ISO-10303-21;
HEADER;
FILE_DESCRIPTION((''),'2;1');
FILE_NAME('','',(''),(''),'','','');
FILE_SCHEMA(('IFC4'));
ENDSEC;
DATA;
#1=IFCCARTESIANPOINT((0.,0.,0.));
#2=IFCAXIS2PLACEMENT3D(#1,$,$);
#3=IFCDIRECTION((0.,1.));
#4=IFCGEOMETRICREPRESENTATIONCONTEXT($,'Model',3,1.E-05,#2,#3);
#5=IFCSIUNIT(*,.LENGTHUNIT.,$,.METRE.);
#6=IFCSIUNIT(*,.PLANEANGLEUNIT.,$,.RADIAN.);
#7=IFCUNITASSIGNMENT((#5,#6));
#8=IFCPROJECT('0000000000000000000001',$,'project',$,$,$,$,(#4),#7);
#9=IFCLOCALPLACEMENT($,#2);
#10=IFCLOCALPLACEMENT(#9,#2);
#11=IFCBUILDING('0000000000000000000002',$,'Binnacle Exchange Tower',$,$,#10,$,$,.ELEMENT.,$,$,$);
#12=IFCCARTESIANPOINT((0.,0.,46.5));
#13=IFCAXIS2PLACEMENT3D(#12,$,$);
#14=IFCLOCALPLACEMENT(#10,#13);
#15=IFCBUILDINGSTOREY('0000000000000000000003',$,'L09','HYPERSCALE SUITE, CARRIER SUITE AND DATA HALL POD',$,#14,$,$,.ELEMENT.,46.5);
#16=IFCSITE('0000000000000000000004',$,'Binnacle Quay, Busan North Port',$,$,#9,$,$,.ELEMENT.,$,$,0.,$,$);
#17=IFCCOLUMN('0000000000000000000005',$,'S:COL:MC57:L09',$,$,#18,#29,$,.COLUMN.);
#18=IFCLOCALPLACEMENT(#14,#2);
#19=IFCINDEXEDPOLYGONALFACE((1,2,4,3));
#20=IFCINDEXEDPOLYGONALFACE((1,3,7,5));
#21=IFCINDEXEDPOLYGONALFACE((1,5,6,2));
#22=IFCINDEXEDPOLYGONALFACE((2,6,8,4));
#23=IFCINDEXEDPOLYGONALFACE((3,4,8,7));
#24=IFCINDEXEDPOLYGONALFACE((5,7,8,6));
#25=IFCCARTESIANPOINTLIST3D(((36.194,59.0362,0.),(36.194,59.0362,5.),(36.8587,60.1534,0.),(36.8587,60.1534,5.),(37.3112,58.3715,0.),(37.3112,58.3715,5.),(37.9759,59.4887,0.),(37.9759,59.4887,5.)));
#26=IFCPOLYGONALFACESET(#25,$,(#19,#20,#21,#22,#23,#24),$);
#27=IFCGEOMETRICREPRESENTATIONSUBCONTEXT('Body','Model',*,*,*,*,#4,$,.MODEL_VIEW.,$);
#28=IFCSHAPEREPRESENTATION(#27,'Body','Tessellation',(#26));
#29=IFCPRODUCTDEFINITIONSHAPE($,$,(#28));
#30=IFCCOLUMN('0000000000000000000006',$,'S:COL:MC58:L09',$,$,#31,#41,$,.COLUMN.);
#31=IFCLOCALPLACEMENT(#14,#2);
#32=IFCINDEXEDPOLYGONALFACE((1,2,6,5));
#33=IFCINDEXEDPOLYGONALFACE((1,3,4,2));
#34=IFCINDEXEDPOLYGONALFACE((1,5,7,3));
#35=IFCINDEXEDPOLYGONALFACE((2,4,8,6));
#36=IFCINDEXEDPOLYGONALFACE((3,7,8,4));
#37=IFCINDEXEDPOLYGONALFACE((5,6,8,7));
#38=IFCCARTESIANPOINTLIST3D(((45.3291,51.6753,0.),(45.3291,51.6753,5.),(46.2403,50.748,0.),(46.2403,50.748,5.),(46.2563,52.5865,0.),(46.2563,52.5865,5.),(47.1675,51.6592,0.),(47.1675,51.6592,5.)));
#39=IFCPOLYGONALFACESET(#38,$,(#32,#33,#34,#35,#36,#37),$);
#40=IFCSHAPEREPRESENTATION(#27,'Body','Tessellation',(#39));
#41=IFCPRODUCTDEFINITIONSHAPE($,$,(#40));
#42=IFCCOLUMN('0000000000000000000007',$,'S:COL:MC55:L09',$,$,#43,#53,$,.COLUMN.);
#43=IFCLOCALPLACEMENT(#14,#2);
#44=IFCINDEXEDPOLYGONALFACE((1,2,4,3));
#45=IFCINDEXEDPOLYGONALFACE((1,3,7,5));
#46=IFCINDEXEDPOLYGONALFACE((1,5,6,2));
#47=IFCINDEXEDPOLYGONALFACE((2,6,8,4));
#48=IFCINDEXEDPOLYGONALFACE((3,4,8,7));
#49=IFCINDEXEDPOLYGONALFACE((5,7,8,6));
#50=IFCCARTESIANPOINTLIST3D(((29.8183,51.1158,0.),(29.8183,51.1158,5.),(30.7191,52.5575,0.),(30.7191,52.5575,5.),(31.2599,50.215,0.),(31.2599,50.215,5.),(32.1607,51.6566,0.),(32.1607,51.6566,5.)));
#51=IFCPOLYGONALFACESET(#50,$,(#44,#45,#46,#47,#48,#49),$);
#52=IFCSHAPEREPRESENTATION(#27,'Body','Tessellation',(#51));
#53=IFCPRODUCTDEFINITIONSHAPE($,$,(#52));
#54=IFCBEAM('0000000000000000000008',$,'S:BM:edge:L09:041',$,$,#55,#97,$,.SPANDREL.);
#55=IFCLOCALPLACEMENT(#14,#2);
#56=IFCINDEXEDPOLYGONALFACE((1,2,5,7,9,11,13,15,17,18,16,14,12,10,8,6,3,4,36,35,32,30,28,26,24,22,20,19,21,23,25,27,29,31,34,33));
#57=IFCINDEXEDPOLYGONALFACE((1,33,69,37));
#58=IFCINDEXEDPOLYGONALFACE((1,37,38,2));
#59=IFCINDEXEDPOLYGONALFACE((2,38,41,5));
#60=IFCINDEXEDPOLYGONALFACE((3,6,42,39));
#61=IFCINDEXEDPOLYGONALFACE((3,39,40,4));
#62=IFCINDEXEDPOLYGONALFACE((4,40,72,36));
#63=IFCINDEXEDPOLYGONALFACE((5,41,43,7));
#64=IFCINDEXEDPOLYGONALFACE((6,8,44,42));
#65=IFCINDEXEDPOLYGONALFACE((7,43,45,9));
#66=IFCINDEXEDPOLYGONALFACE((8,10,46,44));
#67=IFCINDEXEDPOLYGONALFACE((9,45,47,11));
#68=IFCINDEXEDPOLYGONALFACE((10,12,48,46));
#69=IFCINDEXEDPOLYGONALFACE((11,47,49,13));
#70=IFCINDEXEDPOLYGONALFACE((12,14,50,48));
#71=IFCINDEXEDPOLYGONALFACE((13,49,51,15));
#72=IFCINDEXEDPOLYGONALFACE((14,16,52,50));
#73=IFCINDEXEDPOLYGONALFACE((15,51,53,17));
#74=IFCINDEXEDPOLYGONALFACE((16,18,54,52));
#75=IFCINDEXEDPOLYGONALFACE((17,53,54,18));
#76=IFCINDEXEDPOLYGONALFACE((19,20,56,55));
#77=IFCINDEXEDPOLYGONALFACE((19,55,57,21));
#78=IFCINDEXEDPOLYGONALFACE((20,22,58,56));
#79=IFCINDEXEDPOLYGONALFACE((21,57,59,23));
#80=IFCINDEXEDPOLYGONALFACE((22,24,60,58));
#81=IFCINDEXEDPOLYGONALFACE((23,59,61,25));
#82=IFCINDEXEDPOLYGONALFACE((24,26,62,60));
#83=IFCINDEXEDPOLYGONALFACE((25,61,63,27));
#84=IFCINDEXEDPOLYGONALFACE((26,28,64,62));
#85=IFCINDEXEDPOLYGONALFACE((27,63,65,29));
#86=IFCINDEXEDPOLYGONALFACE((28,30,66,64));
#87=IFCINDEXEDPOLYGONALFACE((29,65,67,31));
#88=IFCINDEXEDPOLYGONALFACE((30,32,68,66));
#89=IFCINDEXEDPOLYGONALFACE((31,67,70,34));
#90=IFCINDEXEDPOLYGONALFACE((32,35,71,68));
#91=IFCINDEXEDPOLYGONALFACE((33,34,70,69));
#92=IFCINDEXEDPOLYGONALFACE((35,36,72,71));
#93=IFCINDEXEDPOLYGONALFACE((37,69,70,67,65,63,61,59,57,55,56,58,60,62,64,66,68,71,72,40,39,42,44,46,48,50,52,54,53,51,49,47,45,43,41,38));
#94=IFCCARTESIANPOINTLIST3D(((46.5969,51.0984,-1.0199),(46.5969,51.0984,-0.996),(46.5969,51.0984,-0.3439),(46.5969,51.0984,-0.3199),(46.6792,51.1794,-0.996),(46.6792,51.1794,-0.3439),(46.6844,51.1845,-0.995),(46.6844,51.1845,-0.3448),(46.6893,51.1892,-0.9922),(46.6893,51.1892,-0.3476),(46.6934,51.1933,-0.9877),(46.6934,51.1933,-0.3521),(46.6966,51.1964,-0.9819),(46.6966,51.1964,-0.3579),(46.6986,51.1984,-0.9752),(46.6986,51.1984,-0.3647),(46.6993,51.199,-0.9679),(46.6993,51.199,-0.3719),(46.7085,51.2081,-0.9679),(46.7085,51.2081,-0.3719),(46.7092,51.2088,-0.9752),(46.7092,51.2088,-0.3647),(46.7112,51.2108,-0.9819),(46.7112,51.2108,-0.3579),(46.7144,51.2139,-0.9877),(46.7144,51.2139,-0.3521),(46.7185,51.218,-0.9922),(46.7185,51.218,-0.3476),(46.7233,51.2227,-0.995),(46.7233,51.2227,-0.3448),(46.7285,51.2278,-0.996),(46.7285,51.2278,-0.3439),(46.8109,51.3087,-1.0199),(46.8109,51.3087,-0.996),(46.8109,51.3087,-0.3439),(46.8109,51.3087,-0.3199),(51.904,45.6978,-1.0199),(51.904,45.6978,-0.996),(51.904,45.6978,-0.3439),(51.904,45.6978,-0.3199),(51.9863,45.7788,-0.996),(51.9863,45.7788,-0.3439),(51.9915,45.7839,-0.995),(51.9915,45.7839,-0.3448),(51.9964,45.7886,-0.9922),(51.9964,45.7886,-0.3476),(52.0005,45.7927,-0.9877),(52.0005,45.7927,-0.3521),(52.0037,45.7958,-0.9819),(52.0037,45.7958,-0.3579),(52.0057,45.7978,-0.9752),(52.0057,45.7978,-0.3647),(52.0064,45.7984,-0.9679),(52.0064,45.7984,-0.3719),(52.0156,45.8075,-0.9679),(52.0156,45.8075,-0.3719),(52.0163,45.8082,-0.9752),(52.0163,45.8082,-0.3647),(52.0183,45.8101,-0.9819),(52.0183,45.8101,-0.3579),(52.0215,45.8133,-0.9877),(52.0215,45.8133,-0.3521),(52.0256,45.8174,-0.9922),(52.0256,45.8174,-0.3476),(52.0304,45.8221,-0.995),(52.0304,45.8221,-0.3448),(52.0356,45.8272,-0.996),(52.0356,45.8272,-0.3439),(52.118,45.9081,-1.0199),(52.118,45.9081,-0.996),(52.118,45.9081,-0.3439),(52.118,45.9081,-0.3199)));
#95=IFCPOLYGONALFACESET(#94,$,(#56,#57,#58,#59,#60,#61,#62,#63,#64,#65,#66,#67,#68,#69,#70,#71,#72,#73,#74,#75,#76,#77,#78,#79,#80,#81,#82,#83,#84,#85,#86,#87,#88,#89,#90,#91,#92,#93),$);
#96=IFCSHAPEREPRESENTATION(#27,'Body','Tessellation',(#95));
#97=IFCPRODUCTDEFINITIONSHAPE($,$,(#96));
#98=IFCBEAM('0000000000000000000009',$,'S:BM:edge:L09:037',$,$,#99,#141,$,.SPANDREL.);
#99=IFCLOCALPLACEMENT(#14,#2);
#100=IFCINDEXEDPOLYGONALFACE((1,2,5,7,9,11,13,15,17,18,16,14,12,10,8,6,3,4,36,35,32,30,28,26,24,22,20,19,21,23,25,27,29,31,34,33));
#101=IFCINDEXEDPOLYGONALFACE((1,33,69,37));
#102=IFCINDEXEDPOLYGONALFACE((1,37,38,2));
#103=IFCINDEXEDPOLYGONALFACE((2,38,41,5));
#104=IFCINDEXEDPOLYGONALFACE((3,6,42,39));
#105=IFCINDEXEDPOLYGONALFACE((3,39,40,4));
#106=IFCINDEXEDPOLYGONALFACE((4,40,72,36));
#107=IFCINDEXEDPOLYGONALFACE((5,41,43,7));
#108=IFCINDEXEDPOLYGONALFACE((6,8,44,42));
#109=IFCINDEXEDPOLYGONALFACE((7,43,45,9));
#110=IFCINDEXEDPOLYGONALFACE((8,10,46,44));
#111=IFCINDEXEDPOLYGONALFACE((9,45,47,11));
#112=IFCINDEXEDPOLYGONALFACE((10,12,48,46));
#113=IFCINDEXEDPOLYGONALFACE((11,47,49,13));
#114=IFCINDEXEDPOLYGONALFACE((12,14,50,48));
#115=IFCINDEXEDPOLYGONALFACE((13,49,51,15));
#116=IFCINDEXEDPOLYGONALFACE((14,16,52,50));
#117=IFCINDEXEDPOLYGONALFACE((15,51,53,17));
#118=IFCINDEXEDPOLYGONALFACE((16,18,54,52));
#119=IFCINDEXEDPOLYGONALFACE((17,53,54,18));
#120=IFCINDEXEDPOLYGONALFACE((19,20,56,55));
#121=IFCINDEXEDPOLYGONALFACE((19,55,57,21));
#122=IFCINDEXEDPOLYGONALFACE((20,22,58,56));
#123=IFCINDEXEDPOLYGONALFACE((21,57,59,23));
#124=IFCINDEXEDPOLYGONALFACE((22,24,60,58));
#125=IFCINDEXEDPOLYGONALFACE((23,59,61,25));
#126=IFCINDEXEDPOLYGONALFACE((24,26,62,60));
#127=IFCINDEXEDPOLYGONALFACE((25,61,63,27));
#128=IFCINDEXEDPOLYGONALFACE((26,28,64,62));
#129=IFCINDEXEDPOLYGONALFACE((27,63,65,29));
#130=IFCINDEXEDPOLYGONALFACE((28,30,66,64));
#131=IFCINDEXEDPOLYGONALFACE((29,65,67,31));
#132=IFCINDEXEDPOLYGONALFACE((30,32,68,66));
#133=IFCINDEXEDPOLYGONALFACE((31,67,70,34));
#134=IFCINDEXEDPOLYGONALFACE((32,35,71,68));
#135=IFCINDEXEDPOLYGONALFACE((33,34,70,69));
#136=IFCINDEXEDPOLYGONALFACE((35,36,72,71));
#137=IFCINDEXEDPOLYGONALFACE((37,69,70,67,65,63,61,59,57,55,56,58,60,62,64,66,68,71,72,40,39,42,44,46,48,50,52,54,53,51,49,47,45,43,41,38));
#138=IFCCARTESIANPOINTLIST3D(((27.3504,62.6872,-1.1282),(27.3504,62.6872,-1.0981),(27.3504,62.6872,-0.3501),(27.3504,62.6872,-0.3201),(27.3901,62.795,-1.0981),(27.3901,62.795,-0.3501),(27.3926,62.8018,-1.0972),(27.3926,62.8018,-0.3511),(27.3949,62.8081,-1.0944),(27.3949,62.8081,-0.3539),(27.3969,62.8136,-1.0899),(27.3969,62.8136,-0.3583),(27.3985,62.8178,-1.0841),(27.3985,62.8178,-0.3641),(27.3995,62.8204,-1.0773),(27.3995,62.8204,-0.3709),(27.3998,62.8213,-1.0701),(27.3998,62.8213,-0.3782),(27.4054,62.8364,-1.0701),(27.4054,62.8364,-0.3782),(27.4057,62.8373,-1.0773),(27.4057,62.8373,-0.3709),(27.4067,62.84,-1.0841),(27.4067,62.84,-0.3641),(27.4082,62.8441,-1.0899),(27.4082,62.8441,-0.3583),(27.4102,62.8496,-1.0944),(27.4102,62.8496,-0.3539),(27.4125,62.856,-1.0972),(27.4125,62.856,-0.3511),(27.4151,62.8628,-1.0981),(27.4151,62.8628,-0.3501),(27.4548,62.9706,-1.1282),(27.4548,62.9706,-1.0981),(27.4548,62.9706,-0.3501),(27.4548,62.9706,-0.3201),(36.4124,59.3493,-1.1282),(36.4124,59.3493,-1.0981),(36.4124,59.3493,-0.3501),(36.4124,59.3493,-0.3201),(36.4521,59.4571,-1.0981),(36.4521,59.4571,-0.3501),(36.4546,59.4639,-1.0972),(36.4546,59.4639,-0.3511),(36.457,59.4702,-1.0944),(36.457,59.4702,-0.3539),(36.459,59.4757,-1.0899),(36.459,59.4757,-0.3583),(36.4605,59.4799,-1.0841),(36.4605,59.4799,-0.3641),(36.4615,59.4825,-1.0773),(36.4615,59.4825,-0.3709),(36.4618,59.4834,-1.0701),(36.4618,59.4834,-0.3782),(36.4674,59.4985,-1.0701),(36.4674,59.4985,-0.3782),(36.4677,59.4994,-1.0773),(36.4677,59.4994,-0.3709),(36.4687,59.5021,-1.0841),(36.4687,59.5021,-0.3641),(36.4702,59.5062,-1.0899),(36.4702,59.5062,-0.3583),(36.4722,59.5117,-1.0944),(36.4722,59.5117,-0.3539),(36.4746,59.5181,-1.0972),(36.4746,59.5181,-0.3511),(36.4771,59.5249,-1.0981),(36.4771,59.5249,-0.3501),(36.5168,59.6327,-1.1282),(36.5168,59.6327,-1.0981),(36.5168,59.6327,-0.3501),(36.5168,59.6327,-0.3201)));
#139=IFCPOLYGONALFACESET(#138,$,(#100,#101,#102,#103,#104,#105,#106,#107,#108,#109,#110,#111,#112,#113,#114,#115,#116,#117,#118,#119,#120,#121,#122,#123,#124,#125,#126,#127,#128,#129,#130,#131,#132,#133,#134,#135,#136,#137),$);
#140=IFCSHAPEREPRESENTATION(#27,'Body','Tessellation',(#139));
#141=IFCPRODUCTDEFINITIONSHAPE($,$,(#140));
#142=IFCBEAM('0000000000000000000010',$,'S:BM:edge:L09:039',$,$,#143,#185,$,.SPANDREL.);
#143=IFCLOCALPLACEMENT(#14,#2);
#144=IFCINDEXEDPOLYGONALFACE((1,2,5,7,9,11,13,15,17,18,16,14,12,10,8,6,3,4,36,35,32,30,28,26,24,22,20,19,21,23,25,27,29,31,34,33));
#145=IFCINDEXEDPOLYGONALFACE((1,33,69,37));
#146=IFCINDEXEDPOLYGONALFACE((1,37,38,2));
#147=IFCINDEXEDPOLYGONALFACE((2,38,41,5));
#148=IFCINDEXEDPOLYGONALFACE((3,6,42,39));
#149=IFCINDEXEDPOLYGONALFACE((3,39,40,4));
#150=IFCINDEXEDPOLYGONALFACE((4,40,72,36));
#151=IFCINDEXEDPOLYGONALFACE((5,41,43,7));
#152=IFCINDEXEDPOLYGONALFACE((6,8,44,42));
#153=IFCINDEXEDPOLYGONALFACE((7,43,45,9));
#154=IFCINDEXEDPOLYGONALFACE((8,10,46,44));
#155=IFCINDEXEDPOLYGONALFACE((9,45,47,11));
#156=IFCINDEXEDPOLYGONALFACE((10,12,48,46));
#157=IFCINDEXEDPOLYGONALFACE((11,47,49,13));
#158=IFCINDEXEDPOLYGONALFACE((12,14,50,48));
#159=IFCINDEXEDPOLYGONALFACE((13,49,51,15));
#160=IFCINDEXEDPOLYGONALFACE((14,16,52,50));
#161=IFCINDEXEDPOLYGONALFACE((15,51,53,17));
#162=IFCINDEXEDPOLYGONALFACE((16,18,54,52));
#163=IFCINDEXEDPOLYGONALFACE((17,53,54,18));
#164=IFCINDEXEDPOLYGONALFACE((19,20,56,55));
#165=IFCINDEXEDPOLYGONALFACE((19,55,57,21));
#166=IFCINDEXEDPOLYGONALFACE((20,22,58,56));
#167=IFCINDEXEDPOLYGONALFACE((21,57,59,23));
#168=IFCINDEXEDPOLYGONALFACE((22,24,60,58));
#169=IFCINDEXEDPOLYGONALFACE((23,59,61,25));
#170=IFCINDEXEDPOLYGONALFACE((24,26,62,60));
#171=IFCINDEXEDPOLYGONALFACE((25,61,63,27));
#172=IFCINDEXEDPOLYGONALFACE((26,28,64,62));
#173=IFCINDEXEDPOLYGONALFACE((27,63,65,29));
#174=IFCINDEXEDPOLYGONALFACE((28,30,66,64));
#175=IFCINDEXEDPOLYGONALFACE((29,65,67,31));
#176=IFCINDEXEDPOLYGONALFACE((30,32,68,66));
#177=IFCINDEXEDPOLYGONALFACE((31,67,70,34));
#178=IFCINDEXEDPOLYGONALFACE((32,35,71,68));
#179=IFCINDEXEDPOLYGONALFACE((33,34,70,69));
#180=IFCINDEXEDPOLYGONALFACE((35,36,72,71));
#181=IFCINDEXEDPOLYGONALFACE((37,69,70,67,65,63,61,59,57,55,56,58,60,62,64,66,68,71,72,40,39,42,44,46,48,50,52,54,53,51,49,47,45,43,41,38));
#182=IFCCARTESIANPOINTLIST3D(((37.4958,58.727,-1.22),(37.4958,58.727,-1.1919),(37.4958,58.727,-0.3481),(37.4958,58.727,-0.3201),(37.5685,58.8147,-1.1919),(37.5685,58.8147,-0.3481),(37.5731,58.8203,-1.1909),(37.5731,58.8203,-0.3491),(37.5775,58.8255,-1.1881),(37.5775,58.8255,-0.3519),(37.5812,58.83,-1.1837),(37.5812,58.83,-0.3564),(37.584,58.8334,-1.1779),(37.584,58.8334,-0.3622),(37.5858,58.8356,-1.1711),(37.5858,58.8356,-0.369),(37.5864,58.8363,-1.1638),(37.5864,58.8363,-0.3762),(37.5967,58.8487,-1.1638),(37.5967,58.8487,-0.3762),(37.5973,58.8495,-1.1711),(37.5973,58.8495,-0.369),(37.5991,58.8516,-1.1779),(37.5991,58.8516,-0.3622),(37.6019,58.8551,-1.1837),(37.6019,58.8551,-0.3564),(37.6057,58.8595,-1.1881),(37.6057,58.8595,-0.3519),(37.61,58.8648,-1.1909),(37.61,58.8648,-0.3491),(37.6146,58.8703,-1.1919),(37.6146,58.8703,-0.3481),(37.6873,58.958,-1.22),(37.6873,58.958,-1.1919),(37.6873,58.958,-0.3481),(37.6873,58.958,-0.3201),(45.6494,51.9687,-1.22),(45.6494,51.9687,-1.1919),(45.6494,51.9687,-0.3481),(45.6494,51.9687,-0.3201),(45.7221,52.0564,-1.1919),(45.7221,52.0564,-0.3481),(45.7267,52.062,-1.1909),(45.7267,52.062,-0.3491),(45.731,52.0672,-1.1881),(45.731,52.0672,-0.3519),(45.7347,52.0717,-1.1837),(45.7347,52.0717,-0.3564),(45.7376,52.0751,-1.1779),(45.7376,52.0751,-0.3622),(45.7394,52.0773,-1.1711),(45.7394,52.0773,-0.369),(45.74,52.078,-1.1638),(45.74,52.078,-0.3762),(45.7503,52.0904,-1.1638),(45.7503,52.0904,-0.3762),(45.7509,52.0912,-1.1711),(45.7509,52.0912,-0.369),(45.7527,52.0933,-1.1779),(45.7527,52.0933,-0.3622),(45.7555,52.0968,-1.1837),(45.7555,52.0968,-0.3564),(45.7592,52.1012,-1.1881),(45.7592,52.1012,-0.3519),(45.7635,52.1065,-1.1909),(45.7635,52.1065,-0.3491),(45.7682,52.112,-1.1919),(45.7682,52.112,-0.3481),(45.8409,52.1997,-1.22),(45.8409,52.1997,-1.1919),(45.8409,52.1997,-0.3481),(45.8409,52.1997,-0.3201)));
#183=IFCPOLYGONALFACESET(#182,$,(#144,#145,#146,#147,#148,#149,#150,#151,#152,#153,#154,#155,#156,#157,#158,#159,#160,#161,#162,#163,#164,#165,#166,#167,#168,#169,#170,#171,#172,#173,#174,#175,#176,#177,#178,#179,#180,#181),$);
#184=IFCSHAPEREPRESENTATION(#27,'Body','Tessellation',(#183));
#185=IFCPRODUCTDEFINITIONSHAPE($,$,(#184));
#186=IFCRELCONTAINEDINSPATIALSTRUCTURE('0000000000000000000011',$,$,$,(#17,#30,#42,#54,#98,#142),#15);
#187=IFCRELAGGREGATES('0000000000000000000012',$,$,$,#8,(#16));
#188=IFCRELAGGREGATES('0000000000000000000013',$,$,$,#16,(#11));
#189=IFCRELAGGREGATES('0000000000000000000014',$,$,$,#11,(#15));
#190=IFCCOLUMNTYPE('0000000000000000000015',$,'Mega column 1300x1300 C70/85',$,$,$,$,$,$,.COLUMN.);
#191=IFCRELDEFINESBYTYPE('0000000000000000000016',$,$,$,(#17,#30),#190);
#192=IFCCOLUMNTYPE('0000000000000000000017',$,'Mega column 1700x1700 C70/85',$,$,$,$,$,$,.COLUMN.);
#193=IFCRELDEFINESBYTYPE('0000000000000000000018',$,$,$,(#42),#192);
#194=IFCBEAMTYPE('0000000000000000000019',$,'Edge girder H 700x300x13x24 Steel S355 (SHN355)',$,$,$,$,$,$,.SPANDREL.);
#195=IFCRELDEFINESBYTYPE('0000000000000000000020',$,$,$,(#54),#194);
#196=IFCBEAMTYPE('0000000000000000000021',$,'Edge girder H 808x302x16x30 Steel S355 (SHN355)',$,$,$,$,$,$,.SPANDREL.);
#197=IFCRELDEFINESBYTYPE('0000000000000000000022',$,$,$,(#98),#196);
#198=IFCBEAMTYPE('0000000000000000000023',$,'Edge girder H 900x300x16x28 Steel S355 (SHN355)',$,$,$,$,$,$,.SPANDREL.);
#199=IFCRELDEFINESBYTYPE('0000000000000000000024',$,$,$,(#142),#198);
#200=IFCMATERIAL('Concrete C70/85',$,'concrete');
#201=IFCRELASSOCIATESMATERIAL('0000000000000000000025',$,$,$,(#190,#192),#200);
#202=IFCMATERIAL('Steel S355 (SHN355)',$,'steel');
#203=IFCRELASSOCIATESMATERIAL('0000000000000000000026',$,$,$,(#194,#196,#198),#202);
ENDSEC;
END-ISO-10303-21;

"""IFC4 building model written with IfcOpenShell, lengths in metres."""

from ifc_helpers import new_model, si_unit, direction, frame, origin, origin_2d, place, context, subcontext, project, spatial, rectangle, i_section, extrude, material, material_profile, profile_set, type_object, element, save


model = new_model("IFC4")

# Units and contexts
model_context = context("Model", 3, precision=1e-05, world=origin(), true_north=direction((0.0, 1.0)))
body_context = subcontext(model_context, "Body", "Model", "MODEL_VIEW")
ifc_project = project(units=[si_unit("LENGTHUNIT", "METRE"), si_unit("PLANEANGLEUNIT", "RADIAN")], contexts=[model_context])

# Site, building, storey
site_placement = place(None, origin())
site = spatial("IfcSite", under=ifc_project, at=site_placement, Name="Binnacle Quay, Busan North Port", CompositionType="ELEMENT", RefElevation=0.0)
building_placement = place(site_placement, origin())
building = spatial("IfcBuilding", under=site, at=building_placement, Name="Binnacle Exchange Tower", CompositionType="ELEMENT")
storey_placement = place(building_placement, frame((0.0, 0.0, 46.5)))
storey = spatial("IfcBuildingStorey", under=building, at=storey_placement, Name="L09", Description="HYPERSCALE SUITE, CARRIER SUITE AND DATA HALL POD", CompositionType="ELEMENT", Elevation=46.5)

# Columns
ifc_material_1 = material(Name="Concrete C70/85", Category="concrete")
ifc_material_profile_1 = material_profile(ifc_material_1, rectangle(XDim=1.3, YDim=1.3, at=origin_2d()), Name="Mega column 1300x1300 C70/85")
ifc_profile_set_1 = profile_set([ifc_material_profile_1], Name="Concrete C70/85")
column_type_1 = type_object("IfcColumnType", Name="Mega column 1300x1300 C70/85", PredefinedType="COLUMN", material=ifc_profile_set_1)
for number, where, z_axis, x_axis, name in (
    (1, (37.085, 59.2625, 0.0), (0.0, 0.0, 1.0), (-0.859406, 0.511293, 0.0), "S:COL:MC57:L09"),
    (2, (46.2483, 51.6672, 0.0), (0.0, 0.0, 1.0), (-0.700909, 0.71325, 0.0), "S:COL:MC58:L09"),
):
    element("IfcColumn", number, at=place(storey_placement, frame(where, z_axis=z_axis, x_axis=x_axis)), inside=storey, type_object=column_type_1, Name=name, PredefinedType="COLUMN", context=body_context, shape_type="SweptSolid", body=[
        extrude(rectangle(XDim=1.3, YDim=1.3, at=origin_2d()), origin(), (0.0, 0.0, 1.0), 5.0),
    ])
ifc_material_profile_2 = material_profile(ifc_material_1, rectangle(XDim=1.7, YDim=1.7, at=origin_2d()), Name="Mega column 1700x1700 C70/85")
ifc_profile_set_2 = profile_set([ifc_material_profile_2], Name="Concrete C70/85")
column_type_2 = type_object("IfcColumnType", Name="Mega column 1700x1700 C70/85", PredefinedType="COLUMN", material=ifc_profile_set_2)
column_placement = place(storey_placement, frame((30.9895, 51.3862, 0.0), z_axis=(0.0, 0.0, 1.0), x_axis=(0.529919, 0.848048, 0.0)))
element("IfcColumn", 3, at=column_placement, inside=storey, type_object=column_type_2, Name="S:COL:MC55:L09", PredefinedType="COLUMN", context=body_context, shape_type="SweptSolid", body=[
    extrude(rectangle(XDim=1.7, YDim=1.7, at=origin_2d()), origin(), (0.0, 0.0, 1.0), 5.0),
])

# Beams
ifc_material_2 = material(Name="Steel S355 (SHN355)", Category="steel")
ifc_material_profile_3 = material_profile(ifc_material_2, i_section(OverallWidth=0.3, OverallDepth=0.7, WebThickness=0.0129, FlangeThickness=0.0239, FilletRadius=0.0281, at=origin_2d()), Name="H 700x300x13x24")
ifc_profile_set_3 = profile_set([ifc_material_profile_3], Name="Steel S355 (SHN355)")
beam_type_1 = type_object("IfcBeamType", Name="Edge girder H 700x300x13x24 Steel S355 (SHN355)", PredefinedType="SPANDREL", material=ifc_profile_set_3)
beam_1_placement = place(storey_placement, frame((52.011, 45.803, -0.6699), z_axis=(-0.700905, 0.713254, 0.0), x_axis=(-0.713254, -0.700905, 0.0)))
element("IfcBeam", 4, at=beam_1_placement, inside=storey, type_object=beam_type_1, Name="S:BM:edge:L09:041", PredefinedType="SPANDREL", context=body_context, shape_type="SweptSolid", body=[
    extrude(i_section(OverallWidth=0.3, OverallDepth=0.7, WebThickness=0.0129, FlangeThickness=0.0239, FilletRadius=0.0281, at=origin_2d()), origin(), (0.0, 0.0, 1.0), 7.5718),
])
ifc_material_profile_4 = material_profile(ifc_material_2, i_section(OverallWidth=0.302, OverallDepth=0.8081, WebThickness=0.0161, FlangeThickness=0.03, FilletRadius=0.0281, at=origin_2d()), Name="H 808x302x16x30")
ifc_profile_set_4 = profile_set([ifc_material_profile_4], Name="Steel S355 (SHN355)")
beam_type_2 = type_object("IfcBeamType", Name="Edge girder H 808x302x16x30 Steel S355 (SHN355)", PredefinedType="SPANDREL", material=ifc_profile_set_4)
beam_2_placement = place(storey_placement, frame((36.4646, 59.491, -0.7241), z_axis=(-0.938368, 0.345637, 0.0), x_axis=(-0.345637, -0.938368, 0.0)))
element("IfcBeam", 5, at=beam_2_placement, inside=storey, type_object=beam_type_2, Name="S:BM:edge:L09:037", PredefinedType="SPANDREL", context=body_context, shape_type="SweptSolid", body=[
    extrude(i_section(OverallWidth=0.302, OverallDepth=0.8081, WebThickness=0.0161, FlangeThickness=0.03, FilletRadius=0.0281, at=origin_2d()), origin(), (0.0, 0.0, 1.0), 9.6572),
])
ifc_material_profile_5 = material_profile(ifc_material_2, i_section(OverallWidth=0.3, OverallDepth=0.8999, WebThickness=0.0161, FlangeThickness=0.0281, FilletRadius=0.0281, at=origin_2d()), Name="H 900x300x16x28")
ifc_profile_set_5 = profile_set([ifc_material_profile_5], Name="Steel S355 (SHN355)")
beam_type_3 = type_object("IfcBeamType", Name="Edge girder H 900x300x16x28 Steel S355 (SHN355)", PredefinedType="SPANDREL", material=ifc_profile_set_5)
beam_3_placement = place(storey_placement, frame((45.7451, 52.0842, -0.77), z_axis=(-0.769906, 0.638157, 0.0), x_axis=(-0.638157, -0.769906, 0.0)))
element("IfcBeam", 6, at=beam_3_placement, inside=storey, type_object=beam_type_3, Name="S:BM:edge:L09:039", PredefinedType="SPANDREL", context=body_context, shape_type="SweptSolid", body=[
    extrude(i_section(OverallWidth=0.3, OverallDepth=0.8999, WebThickness=0.0161, FlangeThickness=0.0281, FilletRadius=0.0281, at=origin_2d()), origin(), (0.0, 0.0, 1.0), 10.5903),
])

save(model, "model.ifc")
